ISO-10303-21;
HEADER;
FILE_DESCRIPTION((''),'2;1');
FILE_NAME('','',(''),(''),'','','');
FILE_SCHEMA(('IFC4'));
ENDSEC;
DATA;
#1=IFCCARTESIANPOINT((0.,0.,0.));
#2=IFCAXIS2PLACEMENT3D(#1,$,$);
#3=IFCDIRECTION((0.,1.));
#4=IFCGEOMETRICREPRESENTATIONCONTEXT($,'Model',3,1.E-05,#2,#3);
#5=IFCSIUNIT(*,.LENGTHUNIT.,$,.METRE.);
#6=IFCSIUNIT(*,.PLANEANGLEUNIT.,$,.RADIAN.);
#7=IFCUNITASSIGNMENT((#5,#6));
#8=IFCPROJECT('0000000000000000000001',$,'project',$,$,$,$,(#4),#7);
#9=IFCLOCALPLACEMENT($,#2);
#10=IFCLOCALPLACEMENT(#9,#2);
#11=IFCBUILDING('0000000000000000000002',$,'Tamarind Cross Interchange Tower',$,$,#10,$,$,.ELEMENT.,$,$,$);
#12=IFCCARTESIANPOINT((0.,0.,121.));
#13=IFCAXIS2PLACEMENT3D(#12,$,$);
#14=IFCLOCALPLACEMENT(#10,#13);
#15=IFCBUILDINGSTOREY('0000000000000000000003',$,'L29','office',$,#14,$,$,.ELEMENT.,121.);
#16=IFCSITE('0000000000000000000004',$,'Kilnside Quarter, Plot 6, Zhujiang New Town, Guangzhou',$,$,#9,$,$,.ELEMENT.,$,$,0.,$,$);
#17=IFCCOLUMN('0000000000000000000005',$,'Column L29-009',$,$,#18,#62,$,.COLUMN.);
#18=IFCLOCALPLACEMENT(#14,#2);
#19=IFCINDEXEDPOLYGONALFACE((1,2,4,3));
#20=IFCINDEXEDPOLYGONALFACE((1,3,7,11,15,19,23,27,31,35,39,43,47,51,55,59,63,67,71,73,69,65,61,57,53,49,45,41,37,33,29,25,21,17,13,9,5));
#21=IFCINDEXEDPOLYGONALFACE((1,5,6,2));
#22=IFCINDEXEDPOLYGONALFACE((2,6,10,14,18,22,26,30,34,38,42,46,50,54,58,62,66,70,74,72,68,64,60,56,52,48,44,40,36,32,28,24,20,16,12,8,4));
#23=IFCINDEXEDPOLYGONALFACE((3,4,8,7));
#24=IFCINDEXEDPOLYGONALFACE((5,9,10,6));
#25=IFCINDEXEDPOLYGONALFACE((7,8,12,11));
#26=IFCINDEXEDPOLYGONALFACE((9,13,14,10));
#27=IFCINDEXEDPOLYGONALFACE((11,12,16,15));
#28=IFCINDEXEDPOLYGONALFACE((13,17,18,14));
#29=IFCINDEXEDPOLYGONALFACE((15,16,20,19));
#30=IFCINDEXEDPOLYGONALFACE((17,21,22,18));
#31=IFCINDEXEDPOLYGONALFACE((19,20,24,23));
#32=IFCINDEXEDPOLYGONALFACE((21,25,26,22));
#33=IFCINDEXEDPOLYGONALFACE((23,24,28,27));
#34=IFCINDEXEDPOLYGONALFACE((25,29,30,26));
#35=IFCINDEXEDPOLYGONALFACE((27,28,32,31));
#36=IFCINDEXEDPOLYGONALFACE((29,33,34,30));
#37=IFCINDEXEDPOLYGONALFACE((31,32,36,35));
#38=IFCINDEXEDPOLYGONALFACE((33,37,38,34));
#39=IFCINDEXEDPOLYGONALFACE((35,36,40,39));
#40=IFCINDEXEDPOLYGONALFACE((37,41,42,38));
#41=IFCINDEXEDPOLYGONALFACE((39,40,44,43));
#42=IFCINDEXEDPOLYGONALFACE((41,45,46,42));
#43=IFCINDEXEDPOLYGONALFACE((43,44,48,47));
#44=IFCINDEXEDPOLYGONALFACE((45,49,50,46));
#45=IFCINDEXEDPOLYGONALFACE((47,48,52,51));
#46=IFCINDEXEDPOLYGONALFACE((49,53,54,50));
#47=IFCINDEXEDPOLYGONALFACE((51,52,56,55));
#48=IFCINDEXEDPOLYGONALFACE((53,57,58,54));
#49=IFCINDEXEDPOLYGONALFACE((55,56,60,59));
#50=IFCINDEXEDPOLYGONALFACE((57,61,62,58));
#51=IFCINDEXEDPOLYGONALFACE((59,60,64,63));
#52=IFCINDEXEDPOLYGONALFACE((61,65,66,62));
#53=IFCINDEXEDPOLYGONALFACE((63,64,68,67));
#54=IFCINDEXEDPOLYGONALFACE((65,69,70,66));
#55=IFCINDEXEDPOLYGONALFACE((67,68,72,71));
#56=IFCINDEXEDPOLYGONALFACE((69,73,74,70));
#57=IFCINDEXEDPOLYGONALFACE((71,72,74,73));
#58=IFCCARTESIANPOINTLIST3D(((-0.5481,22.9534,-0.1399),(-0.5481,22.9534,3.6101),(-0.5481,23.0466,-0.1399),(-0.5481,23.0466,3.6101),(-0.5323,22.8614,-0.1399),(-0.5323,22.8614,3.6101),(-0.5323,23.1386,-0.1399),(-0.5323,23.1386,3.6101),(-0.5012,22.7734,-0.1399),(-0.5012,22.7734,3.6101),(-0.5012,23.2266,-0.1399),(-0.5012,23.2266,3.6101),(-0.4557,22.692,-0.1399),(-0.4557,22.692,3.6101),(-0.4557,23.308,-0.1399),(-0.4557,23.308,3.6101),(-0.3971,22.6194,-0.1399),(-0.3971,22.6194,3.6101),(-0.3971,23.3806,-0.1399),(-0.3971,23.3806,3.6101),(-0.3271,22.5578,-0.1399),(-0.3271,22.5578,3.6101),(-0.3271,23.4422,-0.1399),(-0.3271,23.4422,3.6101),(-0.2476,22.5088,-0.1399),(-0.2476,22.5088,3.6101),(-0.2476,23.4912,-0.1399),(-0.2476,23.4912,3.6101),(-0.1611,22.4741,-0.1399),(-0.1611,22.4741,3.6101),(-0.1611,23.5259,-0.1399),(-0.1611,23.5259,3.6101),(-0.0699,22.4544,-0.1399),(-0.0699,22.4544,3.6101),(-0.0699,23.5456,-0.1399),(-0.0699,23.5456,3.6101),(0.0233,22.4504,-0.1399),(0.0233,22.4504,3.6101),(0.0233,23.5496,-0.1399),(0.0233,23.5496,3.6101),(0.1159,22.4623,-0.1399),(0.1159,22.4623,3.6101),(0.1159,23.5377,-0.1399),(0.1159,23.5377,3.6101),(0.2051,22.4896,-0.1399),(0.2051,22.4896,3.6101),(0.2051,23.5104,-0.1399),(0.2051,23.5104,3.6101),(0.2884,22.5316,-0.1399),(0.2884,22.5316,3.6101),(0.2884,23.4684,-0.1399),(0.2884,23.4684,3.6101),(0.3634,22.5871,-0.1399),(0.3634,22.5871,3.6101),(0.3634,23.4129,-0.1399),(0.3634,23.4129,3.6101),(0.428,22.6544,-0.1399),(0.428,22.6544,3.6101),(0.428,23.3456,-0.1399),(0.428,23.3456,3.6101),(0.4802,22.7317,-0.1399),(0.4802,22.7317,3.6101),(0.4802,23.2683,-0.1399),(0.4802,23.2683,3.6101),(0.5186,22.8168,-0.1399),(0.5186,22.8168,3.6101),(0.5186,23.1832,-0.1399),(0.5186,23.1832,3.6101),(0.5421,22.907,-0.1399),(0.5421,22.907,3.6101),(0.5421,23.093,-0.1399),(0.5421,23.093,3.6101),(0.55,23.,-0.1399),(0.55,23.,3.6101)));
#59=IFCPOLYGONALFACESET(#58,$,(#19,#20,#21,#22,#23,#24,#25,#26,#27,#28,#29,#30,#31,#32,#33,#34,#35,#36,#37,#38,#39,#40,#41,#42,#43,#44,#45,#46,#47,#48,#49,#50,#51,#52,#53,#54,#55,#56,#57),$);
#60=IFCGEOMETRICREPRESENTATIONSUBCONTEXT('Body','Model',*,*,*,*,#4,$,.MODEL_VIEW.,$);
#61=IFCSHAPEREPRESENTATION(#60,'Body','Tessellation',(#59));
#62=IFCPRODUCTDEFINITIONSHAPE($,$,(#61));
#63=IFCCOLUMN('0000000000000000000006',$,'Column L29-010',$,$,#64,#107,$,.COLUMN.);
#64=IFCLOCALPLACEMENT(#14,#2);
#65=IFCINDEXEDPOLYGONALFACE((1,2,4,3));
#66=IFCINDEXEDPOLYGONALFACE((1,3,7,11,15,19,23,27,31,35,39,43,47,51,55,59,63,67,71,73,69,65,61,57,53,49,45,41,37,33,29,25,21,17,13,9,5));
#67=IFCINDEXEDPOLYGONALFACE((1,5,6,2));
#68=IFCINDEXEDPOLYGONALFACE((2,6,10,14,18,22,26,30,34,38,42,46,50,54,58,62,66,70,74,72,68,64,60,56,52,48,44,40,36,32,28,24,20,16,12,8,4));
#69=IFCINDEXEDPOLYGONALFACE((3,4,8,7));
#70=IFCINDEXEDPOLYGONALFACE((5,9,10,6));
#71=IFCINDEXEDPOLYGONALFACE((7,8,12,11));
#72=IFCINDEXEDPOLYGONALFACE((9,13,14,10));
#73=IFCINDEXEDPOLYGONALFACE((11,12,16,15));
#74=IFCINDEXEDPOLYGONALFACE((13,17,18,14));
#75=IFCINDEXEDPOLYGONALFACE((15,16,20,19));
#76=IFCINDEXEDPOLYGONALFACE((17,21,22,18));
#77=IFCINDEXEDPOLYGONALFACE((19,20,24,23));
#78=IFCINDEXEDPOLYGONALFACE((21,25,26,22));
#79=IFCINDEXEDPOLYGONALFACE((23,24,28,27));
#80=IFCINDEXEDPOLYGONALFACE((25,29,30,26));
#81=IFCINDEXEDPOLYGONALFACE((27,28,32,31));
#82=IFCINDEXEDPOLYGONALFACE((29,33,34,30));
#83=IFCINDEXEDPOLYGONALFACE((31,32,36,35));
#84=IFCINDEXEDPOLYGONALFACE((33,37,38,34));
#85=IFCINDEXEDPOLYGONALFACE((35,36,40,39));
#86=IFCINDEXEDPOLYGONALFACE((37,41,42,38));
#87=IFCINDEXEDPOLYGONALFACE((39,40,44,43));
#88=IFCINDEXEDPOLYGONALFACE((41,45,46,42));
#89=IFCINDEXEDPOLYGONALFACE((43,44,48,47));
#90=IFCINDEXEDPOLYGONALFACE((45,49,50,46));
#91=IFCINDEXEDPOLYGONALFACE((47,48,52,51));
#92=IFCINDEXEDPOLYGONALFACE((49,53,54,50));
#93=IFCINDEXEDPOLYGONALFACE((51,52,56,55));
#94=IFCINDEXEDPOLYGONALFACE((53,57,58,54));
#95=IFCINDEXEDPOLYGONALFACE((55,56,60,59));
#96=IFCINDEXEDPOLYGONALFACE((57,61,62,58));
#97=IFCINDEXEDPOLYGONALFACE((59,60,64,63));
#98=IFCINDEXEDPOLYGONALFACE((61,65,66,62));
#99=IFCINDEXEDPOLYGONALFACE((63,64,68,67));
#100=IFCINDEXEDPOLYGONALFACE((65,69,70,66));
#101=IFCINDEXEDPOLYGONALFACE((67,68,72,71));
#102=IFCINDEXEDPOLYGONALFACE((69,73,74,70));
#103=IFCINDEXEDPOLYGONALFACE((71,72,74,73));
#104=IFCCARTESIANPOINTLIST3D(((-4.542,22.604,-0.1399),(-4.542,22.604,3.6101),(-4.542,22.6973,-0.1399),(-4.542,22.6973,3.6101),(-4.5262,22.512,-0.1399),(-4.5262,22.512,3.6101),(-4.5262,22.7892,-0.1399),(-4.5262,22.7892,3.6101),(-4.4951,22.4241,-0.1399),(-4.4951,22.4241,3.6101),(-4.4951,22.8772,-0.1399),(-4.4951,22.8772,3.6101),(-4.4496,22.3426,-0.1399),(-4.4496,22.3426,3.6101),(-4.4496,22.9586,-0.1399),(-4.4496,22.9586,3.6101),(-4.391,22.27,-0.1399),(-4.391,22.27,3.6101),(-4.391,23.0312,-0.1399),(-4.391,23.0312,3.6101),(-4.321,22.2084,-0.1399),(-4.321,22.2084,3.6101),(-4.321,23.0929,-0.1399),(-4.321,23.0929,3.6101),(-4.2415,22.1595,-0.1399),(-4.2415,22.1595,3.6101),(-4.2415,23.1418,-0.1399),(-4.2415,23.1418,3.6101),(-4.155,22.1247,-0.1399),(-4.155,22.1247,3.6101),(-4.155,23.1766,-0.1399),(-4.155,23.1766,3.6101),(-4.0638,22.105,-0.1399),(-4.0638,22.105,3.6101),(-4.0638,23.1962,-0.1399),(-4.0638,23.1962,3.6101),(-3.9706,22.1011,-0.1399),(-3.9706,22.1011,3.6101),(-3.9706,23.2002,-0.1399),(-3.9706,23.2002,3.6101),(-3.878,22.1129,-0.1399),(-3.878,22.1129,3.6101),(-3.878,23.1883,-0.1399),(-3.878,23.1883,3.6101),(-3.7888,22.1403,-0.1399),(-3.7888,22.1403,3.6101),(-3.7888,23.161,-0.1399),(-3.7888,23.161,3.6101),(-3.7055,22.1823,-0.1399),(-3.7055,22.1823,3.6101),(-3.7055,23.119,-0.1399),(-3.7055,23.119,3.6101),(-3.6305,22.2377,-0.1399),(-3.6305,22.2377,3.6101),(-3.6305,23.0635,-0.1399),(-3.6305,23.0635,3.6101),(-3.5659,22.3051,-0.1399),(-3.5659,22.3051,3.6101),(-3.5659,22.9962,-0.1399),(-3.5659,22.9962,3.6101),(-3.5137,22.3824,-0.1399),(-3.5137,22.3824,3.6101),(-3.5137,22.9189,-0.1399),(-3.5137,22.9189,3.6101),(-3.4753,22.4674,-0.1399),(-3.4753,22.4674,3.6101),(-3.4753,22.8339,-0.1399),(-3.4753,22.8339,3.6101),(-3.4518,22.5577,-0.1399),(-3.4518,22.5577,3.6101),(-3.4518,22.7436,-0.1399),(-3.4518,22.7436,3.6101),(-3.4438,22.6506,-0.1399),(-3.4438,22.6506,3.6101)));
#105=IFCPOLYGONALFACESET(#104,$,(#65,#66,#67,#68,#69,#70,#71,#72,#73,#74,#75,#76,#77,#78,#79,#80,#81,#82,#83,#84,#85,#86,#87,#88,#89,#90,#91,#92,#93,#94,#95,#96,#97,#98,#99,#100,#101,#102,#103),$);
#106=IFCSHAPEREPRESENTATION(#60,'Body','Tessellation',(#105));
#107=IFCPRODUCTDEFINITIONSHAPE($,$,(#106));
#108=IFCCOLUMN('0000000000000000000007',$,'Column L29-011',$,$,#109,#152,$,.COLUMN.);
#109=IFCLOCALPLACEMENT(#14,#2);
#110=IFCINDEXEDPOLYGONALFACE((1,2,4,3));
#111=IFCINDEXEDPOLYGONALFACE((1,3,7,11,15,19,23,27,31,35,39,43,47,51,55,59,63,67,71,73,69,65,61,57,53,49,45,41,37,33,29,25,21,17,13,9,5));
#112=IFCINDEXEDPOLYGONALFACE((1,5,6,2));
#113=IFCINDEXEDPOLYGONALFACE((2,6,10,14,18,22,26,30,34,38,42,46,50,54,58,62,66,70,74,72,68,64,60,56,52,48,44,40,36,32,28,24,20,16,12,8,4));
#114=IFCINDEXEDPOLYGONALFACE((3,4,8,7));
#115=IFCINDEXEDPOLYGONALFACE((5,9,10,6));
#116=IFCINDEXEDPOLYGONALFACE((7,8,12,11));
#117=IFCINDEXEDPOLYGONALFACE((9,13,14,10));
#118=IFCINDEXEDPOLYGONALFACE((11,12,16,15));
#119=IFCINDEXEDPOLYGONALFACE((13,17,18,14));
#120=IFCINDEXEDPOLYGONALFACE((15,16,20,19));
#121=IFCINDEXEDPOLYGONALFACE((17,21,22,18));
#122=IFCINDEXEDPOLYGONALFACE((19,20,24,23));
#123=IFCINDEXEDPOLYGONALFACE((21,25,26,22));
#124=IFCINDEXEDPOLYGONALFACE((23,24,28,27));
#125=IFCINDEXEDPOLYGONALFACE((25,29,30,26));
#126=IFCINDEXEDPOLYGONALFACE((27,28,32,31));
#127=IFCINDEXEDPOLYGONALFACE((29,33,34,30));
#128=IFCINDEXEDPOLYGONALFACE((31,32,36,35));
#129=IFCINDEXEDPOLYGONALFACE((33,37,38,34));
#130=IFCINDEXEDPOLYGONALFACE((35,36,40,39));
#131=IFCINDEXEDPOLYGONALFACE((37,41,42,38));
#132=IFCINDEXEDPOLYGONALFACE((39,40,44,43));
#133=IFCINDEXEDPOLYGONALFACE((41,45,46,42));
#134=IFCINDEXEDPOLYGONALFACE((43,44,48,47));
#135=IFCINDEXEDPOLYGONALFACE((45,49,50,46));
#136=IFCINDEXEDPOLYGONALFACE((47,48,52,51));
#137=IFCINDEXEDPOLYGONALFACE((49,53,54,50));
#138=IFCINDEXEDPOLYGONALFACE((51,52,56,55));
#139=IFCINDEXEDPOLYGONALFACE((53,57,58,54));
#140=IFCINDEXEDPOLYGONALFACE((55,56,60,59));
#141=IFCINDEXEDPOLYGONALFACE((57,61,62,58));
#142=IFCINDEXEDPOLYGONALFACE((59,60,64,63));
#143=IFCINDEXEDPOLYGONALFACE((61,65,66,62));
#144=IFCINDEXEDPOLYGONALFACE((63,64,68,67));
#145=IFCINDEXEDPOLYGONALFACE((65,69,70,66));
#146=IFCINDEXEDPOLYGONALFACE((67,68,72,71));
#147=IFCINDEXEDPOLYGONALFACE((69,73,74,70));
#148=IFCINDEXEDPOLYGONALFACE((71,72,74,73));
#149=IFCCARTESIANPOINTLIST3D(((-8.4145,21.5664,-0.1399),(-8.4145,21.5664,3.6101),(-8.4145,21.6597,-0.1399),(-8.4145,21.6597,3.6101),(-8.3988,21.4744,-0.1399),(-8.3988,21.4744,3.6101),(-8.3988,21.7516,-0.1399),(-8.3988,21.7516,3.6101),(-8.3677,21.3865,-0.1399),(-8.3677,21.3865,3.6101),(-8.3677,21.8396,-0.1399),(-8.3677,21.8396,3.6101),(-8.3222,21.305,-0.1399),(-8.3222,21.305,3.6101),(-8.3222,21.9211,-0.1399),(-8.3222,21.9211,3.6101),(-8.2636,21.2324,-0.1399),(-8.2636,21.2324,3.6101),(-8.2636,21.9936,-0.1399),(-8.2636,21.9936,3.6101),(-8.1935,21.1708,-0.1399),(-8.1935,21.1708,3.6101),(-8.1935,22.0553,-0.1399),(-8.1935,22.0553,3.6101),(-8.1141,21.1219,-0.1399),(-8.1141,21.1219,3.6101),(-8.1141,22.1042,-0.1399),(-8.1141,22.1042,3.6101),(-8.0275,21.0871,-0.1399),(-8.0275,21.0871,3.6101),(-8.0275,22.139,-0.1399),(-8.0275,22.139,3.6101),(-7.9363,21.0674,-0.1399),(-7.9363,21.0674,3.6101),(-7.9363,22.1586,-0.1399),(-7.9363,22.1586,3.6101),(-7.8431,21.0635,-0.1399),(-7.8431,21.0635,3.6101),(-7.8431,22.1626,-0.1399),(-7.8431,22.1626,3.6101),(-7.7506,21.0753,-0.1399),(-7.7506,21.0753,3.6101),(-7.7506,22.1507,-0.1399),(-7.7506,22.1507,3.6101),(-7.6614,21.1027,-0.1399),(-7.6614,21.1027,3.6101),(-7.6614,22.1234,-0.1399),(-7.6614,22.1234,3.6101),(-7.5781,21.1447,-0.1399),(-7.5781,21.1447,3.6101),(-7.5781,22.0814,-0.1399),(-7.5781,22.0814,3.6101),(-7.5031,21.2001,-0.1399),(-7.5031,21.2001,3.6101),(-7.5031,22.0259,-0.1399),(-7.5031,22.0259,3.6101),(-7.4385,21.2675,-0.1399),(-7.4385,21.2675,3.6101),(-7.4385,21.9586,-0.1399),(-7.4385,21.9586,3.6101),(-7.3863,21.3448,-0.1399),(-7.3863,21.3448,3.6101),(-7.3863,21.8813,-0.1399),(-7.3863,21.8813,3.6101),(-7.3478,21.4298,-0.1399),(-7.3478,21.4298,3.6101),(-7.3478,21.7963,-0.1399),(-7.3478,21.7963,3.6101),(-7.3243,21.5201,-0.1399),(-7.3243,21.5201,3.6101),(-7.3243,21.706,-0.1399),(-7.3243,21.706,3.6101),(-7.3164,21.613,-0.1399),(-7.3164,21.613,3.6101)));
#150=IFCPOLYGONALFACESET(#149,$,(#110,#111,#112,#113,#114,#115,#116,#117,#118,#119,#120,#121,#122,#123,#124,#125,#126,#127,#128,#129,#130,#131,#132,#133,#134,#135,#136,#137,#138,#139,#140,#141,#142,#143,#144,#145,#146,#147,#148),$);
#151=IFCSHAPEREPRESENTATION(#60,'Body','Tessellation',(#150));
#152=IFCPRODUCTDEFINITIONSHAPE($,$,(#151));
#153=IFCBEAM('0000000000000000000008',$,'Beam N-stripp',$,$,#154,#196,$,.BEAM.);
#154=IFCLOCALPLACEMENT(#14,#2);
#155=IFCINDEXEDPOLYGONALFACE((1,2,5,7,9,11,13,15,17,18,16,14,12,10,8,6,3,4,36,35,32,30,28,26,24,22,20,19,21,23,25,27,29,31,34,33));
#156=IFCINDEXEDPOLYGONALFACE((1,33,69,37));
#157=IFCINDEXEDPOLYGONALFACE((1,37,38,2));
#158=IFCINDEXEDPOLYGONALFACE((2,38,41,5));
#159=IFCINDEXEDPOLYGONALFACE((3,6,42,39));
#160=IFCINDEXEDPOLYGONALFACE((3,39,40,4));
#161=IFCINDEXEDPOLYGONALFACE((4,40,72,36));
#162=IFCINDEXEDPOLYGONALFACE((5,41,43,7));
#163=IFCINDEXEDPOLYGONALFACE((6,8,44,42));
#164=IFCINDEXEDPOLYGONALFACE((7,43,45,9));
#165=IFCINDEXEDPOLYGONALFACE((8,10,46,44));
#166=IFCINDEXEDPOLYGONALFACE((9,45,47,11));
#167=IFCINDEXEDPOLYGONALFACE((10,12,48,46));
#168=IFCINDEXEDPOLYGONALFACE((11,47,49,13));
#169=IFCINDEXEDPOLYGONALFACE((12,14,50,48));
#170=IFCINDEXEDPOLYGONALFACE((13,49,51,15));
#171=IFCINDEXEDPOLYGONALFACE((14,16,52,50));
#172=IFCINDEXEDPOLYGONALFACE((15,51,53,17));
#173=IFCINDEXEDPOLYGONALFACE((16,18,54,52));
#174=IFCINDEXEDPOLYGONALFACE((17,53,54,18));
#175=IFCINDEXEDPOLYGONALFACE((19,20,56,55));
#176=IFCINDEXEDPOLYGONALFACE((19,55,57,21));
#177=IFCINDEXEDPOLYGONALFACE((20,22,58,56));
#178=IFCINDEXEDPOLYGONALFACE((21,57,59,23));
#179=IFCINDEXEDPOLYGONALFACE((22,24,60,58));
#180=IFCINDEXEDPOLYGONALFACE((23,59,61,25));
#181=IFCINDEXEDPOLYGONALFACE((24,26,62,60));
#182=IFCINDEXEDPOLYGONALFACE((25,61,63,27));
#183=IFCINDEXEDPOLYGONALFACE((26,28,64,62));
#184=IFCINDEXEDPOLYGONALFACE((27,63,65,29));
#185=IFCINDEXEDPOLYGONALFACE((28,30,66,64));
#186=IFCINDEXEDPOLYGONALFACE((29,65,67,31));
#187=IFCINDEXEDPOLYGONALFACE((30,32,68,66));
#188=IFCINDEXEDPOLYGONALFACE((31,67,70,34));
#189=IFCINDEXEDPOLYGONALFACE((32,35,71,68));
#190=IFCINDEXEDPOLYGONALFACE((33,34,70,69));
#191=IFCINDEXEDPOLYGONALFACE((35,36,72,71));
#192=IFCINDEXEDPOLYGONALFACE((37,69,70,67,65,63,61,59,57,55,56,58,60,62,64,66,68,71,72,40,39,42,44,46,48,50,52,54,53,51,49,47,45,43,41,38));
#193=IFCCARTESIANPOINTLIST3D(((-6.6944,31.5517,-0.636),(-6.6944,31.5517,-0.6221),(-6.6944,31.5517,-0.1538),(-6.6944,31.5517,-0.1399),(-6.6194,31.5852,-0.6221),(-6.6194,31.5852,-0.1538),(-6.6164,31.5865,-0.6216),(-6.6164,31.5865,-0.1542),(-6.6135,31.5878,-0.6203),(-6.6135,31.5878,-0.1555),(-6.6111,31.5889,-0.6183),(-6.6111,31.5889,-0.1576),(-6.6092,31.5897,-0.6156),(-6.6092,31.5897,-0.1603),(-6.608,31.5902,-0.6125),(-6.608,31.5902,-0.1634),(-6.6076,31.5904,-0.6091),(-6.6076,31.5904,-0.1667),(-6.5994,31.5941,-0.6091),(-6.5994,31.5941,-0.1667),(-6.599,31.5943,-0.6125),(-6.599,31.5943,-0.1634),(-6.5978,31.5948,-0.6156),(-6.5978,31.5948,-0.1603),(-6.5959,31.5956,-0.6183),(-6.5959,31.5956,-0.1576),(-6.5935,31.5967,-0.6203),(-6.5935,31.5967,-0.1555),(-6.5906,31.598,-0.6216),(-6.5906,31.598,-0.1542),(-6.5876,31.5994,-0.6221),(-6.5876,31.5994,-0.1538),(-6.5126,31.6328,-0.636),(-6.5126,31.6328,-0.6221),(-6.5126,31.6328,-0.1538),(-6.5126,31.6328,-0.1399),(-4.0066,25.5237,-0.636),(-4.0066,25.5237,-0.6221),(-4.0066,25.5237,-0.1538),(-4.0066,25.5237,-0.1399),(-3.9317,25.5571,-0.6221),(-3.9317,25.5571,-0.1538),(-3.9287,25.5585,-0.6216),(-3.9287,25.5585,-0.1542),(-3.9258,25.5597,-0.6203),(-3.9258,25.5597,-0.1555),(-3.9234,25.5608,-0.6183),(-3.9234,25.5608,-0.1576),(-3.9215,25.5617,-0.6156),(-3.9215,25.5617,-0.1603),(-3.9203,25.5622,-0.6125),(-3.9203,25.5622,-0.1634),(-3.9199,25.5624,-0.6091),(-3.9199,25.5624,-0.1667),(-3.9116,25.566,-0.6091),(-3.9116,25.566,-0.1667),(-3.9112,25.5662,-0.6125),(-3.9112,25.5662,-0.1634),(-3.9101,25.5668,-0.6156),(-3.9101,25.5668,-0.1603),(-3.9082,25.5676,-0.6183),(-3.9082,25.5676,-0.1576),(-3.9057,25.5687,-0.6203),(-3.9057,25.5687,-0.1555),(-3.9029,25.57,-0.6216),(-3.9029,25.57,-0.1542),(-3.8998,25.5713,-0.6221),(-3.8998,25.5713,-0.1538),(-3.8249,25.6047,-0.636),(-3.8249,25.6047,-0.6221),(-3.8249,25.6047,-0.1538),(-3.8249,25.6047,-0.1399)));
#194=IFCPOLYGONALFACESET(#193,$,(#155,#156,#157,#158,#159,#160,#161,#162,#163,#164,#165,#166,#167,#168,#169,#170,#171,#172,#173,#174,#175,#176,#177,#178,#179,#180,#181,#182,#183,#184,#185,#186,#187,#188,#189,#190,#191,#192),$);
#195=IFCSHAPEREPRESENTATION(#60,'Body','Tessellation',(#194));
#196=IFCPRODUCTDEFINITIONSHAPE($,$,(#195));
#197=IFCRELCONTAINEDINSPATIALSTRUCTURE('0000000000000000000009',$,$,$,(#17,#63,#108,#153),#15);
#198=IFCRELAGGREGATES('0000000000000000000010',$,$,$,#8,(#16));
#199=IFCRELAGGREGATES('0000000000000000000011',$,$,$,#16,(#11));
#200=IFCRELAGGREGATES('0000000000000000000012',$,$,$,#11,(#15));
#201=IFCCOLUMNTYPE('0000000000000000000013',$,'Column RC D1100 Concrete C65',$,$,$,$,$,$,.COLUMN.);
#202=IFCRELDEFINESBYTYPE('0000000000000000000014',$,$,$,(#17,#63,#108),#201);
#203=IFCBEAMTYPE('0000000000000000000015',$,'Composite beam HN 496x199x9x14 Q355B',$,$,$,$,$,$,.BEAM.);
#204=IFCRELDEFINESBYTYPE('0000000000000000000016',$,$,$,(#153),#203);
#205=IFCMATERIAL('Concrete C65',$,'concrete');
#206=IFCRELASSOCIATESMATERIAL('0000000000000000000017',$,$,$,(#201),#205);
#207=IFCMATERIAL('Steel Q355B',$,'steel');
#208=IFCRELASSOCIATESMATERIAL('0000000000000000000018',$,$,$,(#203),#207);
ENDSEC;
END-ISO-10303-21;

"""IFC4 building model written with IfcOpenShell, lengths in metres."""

from ifc_helpers import new_model, si_unit, direction, frame, origin, origin_2d, place, context, subcontext, project, spatial, circle, i_section, extrude, material, material_profile, profile_set, type_object, element, save


model = new_model("IFC4")

# Units and contexts
model_context = context("Model", 3, precision=1e-05, world=origin(), true_north=direction((0.0, 1.0)))
body_context = subcontext(model_context, "Body", "Model", "MODEL_VIEW")
ifc_project = project(units=[si_unit("LENGTHUNIT", "METRE"), si_unit("PLANEANGLEUNIT", "RADIAN")], contexts=[model_context])

# Site, building, storey
site_placement = place(None, origin())
site = spatial("IfcSite", under=ifc_project, at=site_placement, Name="Kilnside Quarter, Plot 6, Zhujiang New Town, Guangzhou", CompositionType="ELEMENT", RefElevation=0.0)
building_placement = place(site_placement, origin())
building = spatial("IfcBuilding", under=site, at=building_placement, Name="Tamarind Cross Interchange Tower", CompositionType="ELEMENT")
storey_placement = place(building_placement, frame((0.0, 0.0, 121.0)))
storey = spatial("IfcBuildingStorey", under=building, at=storey_placement, Name="L29", Description="office", CompositionType="ELEMENT", Elevation=121.0)

# Columns
ifc_material_1 = material(Name="Concrete C65", Category="concrete")
ifc_material_profile_1 = material_profile(ifc_material_1, circle(Radius=0.55, at=origin_2d()), Name="RC D1100")
ifc_profile_set_1 = profile_set([ifc_material_profile_1], Name="Concrete C65")
column_type = type_object("IfcColumnType", Name="Column RC D1100 Concrete C65", PredefinedType="COLUMN", material=ifc_profile_set_1)
for number, where, z_axis, x_axis, name in (
    (1, (0.0, 23.0, -0.1399), (0.0, 0.0, 1.0), (1.0, 0.0, 0.0), "Column L29-009"),
    (2, (-3.9939, 22.6506, -0.1399), (0.0, 0.0, 1.0), (1.0, 0.0, 0.0), "Column L29-010"),
    (3, (-7.8665, 21.613, -0.1399), (0.0, 0.0, 1.0), (1.0, 0.0, 0.0), "Column L29-011"),
):
    element("IfcColumn", number, at=place(storey_placement, frame(where, z_axis=z_axis, x_axis=x_axis)), inside=storey, type_object=column_type, Name=name, PredefinedType="COLUMN", context=body_context, shape_type="SweptSolid", body=[
        extrude(circle(Radius=0.55, at=origin_2d()), origin(), (0.0, 0.0, 1.0), 3.75),
    ])

# Beam
ifc_material_2 = material(Name="Steel Q355B", Category="steel")
ifc_material_profile_2 = material_profile(ifc_material_2, i_section(OverallWidth=0.199, OverallDepth=0.4961, WebThickness=0.009, FlangeThickness=0.0139, FilletRadius=0.0129, at=origin_2d()), Name="HN 496x199x9x14")
ifc_profile_set_2 = profile_set([ifc_material_profile_2], Name="Steel Q355B")
beam_type_1 = type_object("IfcBeamType", Name="Composite beam HN 496x199x9x14 Q355B", PredefinedType="BEAM", material=ifc_profile_set_2)
beam_1_placement = place(storey_placement, frame((-3.9158, 25.5642, -0.3879), z_axis=(-0.407226, 0.913327, 0.0), x_axis=(-0.913327, -0.407226, 0.0)))
element("IfcBeam", 4, at=beam_1_placement, inside=storey, type_object=beam_type_1, Name="Beam N-stripp", PredefinedType="BEAM", context=body_context, shape_type="SweptSolid", body=[
    extrude(i_section(OverallWidth=0.199, OverallDepth=0.4961, WebThickness=0.009, FlangeThickness=0.0139, FilletRadius=0.0129, at=origin_2d()), origin(), (0.0, 0.0, 1.0), 6.6001),
])

save(model, "model.ifc")
